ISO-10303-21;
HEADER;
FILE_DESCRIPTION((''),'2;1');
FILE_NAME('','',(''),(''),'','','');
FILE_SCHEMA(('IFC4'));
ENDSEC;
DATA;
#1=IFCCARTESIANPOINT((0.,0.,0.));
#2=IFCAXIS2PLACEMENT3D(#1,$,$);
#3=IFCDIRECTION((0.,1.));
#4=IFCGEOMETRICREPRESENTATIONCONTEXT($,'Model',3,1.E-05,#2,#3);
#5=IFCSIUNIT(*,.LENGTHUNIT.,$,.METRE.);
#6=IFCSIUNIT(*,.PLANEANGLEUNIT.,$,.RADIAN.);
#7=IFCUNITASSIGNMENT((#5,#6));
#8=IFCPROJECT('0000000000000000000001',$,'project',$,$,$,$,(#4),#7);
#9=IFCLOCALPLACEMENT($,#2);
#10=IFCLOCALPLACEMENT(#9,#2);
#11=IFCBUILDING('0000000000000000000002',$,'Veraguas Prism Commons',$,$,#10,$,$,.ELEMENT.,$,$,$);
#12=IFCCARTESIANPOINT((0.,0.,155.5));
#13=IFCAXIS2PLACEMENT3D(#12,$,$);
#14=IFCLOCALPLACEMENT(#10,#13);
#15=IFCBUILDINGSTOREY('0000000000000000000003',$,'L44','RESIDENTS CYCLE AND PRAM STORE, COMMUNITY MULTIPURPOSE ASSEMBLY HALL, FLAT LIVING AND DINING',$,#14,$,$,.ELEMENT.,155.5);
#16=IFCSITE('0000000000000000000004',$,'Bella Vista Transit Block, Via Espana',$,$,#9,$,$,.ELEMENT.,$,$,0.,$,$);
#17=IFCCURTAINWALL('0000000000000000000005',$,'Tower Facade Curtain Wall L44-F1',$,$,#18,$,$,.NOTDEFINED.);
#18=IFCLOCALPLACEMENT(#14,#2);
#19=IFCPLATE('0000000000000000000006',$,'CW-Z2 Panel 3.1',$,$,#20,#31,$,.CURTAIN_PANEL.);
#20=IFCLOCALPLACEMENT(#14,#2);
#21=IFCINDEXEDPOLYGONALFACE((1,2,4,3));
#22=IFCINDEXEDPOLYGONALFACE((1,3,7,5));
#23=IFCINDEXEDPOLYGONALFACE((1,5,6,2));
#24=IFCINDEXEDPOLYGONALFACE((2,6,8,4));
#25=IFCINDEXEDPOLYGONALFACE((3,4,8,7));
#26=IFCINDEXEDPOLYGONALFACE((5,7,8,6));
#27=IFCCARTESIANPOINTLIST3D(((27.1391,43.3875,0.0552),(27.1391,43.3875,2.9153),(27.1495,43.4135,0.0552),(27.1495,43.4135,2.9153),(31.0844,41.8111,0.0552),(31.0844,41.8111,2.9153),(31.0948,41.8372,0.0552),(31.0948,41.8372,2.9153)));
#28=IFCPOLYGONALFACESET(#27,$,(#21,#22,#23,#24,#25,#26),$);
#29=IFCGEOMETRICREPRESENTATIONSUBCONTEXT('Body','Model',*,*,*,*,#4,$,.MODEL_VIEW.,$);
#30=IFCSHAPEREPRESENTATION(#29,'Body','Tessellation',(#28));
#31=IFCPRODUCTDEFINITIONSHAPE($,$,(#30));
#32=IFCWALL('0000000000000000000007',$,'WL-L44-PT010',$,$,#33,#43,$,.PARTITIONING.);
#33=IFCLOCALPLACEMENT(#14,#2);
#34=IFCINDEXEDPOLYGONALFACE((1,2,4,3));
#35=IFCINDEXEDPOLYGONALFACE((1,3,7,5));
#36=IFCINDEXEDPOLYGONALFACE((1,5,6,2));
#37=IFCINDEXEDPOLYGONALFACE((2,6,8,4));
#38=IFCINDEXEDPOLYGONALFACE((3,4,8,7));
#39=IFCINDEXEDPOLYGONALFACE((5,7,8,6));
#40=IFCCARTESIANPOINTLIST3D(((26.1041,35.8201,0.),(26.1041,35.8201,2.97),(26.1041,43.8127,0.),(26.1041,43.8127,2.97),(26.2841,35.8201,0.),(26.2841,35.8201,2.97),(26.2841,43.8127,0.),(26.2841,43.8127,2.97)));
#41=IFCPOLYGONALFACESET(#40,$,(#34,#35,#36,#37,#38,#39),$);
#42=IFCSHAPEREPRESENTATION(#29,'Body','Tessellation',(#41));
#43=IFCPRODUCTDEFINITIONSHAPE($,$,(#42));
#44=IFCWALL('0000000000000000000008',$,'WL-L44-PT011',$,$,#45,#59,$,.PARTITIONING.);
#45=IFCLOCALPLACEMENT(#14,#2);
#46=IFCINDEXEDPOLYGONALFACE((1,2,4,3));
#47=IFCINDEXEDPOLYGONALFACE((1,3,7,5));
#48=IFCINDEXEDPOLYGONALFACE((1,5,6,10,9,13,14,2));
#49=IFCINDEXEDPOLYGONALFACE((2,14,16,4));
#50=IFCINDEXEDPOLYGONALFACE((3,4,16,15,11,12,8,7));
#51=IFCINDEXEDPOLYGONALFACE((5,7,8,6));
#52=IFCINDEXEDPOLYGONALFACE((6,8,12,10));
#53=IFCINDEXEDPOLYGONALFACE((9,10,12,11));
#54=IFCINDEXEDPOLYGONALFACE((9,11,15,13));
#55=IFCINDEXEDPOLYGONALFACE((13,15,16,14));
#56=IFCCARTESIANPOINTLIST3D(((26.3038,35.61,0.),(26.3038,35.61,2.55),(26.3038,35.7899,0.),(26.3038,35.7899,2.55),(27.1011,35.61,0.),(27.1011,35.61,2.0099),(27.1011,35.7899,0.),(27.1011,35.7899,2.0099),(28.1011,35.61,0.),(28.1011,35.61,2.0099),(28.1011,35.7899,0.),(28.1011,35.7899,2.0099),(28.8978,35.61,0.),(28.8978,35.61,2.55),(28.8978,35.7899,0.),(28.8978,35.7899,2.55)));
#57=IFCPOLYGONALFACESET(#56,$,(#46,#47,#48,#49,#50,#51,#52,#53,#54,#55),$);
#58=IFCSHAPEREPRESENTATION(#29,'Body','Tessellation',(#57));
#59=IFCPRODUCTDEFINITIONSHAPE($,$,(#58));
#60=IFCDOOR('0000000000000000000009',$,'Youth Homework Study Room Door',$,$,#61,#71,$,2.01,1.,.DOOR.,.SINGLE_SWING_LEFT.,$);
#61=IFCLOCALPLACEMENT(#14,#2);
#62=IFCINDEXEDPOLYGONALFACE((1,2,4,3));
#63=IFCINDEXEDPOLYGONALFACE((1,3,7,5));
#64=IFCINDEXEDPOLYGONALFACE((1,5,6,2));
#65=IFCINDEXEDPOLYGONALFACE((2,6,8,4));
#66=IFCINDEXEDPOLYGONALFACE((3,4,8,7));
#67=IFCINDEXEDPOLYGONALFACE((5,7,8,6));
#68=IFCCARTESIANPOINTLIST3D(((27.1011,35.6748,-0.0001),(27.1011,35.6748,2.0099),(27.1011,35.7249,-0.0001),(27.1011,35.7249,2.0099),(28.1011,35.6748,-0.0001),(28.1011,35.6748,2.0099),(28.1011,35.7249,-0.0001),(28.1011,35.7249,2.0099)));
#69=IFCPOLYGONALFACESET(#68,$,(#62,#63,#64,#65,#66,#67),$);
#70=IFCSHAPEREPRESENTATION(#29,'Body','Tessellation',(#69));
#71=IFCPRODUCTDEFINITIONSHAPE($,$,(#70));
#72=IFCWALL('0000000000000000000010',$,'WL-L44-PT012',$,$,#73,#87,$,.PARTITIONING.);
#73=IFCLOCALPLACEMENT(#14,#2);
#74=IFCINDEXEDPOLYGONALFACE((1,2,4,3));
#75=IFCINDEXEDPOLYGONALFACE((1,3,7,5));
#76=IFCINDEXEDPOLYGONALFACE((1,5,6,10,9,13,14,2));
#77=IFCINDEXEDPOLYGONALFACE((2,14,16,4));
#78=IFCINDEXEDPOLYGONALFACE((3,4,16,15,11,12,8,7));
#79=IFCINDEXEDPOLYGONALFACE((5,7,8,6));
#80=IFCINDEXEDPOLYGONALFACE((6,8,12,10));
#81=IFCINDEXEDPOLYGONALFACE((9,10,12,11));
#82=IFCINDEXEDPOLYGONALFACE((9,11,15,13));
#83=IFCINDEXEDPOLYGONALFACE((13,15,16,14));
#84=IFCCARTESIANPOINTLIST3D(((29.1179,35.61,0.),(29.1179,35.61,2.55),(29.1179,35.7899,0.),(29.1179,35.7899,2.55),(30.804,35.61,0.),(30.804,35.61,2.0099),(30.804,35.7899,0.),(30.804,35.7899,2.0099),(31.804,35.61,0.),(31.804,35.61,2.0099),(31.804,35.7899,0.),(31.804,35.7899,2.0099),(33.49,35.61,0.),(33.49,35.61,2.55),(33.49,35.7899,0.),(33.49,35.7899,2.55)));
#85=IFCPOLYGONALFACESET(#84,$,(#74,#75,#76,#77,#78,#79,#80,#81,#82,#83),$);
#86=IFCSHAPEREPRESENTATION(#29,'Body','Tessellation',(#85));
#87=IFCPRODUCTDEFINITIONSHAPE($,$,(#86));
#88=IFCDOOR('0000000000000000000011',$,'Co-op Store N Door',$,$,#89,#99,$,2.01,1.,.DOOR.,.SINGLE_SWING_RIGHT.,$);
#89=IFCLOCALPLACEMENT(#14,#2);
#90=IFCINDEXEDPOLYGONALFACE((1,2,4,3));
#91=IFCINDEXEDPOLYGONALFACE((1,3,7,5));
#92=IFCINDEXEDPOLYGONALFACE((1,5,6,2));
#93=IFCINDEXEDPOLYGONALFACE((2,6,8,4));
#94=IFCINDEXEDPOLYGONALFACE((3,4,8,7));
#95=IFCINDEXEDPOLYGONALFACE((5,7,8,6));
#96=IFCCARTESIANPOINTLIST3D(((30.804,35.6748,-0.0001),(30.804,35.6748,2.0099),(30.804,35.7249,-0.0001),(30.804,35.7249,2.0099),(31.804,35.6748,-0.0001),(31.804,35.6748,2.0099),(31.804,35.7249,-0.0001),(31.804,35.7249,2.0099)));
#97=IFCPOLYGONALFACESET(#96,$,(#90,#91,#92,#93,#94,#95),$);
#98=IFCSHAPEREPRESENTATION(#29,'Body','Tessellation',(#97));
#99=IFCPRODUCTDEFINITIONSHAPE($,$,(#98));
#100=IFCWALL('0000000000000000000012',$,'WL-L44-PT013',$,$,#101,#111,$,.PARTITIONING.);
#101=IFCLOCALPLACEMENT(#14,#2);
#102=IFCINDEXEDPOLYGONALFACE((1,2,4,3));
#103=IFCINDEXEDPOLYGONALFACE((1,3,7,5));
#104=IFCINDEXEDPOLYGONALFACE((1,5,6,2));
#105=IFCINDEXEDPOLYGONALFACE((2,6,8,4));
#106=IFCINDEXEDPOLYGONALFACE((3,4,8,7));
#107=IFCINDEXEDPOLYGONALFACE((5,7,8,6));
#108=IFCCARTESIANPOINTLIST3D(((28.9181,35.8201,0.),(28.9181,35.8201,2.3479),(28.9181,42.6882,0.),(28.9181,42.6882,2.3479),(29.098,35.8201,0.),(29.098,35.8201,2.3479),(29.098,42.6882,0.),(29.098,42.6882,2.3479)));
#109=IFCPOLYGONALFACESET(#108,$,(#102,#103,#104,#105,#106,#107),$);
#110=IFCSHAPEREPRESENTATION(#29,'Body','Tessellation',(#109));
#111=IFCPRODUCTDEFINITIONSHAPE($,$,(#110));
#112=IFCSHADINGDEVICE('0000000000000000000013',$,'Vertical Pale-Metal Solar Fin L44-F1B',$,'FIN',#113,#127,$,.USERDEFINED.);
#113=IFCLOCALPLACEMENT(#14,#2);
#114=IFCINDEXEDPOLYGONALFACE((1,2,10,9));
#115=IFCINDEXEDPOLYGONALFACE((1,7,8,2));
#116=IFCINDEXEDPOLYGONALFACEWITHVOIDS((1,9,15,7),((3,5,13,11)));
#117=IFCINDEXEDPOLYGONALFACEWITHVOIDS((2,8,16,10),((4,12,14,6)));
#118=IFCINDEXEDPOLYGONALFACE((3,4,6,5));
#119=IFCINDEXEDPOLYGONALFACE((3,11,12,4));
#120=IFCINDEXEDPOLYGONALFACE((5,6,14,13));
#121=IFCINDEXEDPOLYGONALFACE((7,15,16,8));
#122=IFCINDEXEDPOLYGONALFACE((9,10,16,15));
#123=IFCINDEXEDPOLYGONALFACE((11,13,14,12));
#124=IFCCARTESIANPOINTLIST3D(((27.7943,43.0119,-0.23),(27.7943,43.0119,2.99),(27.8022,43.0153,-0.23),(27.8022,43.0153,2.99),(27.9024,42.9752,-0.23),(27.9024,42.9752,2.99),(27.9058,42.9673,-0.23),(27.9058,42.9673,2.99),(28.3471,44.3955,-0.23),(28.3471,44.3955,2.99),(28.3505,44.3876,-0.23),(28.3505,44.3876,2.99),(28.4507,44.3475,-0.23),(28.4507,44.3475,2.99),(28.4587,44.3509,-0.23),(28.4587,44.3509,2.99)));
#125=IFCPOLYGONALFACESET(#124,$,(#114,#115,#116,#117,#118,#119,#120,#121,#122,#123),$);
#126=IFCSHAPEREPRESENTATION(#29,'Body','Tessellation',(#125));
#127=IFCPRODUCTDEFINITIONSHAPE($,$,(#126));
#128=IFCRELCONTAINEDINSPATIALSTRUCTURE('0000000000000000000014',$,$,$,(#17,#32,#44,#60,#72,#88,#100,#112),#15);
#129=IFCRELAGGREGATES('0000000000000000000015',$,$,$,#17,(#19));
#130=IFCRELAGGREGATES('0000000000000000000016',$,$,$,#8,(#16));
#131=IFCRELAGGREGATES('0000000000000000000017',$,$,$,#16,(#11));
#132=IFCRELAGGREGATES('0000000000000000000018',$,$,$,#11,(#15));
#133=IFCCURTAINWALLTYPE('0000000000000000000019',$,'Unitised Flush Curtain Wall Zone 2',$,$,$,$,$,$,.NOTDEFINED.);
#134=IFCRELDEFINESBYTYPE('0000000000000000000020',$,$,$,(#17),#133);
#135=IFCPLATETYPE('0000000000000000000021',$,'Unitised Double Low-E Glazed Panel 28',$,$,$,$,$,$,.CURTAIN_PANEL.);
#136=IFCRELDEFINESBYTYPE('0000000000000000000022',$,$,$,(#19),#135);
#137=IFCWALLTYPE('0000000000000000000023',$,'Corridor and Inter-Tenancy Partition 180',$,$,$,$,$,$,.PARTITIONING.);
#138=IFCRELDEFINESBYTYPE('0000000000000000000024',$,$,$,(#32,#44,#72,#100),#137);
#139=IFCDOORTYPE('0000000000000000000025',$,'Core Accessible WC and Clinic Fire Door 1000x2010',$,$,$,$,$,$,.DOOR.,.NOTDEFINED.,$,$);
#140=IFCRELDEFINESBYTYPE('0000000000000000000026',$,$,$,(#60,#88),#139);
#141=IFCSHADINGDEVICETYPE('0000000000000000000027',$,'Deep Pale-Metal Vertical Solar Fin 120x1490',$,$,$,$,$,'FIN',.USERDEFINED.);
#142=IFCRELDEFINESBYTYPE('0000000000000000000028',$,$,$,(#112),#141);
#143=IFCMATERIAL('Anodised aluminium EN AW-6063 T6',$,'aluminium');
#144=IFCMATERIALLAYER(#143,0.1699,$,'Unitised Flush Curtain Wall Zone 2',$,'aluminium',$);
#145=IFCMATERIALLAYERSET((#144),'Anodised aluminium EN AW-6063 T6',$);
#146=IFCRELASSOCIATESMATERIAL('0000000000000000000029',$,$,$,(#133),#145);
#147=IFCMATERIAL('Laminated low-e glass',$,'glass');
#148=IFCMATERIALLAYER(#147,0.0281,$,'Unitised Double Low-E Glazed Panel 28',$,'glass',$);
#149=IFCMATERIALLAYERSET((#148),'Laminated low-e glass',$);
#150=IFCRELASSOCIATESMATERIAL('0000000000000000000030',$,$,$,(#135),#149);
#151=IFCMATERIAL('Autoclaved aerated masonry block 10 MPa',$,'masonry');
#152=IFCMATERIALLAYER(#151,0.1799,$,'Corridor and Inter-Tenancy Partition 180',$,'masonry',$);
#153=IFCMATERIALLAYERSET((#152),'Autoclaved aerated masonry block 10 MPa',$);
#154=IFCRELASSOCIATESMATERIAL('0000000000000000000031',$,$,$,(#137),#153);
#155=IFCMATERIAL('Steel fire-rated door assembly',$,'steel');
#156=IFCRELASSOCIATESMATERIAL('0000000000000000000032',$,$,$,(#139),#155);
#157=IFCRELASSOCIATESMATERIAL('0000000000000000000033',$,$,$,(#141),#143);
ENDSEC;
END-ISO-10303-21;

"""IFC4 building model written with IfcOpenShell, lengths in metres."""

from ifc_helpers import new_model, si_unit, direction, frame, frame_2d, origin, origin_2d, place, context, subcontext, project, spatial, rectangle, hollow_rectangle, extrude, source, transform, mapped, material, layer, layer_set, material_profile, profile_set, type_object, element, fill, aggregate, save


model = new_model("IFC4")

# Units and contexts
model_context = context("Model", 3, precision=1e-05, world=origin(), true_north=direction((0.0, 1.0)))
body_context = subcontext(model_context, "Body", "Model", "MODEL_VIEW")
ifc_project = project(units=[si_unit("LENGTHUNIT", "METRE"), si_unit("PLANEANGLEUNIT", "RADIAN")], contexts=[model_context])

# Site, building, storey
site_placement = place(None, origin())
site = spatial("IfcSite", under=ifc_project, at=site_placement, Name="Bella Vista Transit Block, Via Espana", CompositionType="ELEMENT", RefElevation=0.0)
building_placement = place(site_placement, origin())
building = spatial("IfcBuilding", under=site, at=building_placement, Name="Veraguas Prism Commons", CompositionType="ELEMENT")
storey_placement = place(building_placement, frame((0.0, 0.0, 155.5)))
storey = spatial("IfcBuildingStorey", under=building, at=storey_placement, Name="L44", Description="RESIDENTS CYCLE AND PRAM STORE, COMMUNITY MULTIPURPOSE ASSEMBLY HALL, FLAT LIVING AND DINING", CompositionType="ELEMENT", Elevation=155.5)

# Curtain wall
ifc_material_1 = material(Name="Anodised aluminium EN AW-6063 T6", Category="aluminium")
ifc_layer_1 = layer(ifc_material_1, 0.1699, Name="Unitised Flush Curtain Wall Zone 2", Category="aluminium")
ifc_layer_set_1 = layer_set([ifc_layer_1], Name="Anodised aluminium EN AW-6063 T6")
curtain_wall_type = type_object("IfcCurtainWallType", Name="Unitised Flush Curtain Wall Zone 2", PredefinedType="NOTDEFINED", material=ifc_layer_set_1)
curtain_wall_1_placement = place(storey_placement, origin())
curtain_wall_1 = element("IfcCurtainWall", 1, at=curtain_wall_1_placement, inside=storey, type_object=curtain_wall_type, Name="Tower Facade Curtain Wall L44-F1", PredefinedType="NOTDEFINED")

# Plate
ifc_material_2 = material(Name="Laminated low-e glass", Category="glass")
ifc_layer_2 = layer(ifc_material_2, 0.0281, Name="Unitised Double Low-E Glazed Panel 28", Category="glass")
ifc_layer_set_2 = layer_set([ifc_layer_2], Name="Laminated low-e glass")
plate_type = type_object("IfcPlateType", Name="Unitised Double Low-E Glazed Panel 28", PredefinedType="CURTAIN_PANEL", material=ifc_layer_set_2)
shared_shape_1 = source(origin(), body_context, "Body", "SweptSolid", [
    extrude(rectangle(XDim=4.2485, YDim=0.0281, at=origin_2d()), origin(), (0.0, 0.0, 1.0), 2.8601),
])
plate_1_placement = place(storey_placement, frame((29.1169, 42.6123, 0.0552), z_axis=(0.0, 0.0, 1.0), x_axis=(-0.928617, 0.371039, 0.0)))
plate_1 = element("IfcPlate", 2, at=plate_1_placement, type_object=plate_type, Name="CW-Z2 Panel 3.1", PredefinedType="CURTAIN_PANEL", context=body_context, shape_type="MappedRepresentation", body=[
    mapped(shared_shape_1, transform((0.0, 0.0, 0.0), scale=1.0)),
])
aggregate(curtain_wall_1, [plate_1])

# Wall
ifc_material_3 = material(Name="Autoclaved aerated masonry block 10 MPa", Category="masonry")
ifc_layer_3 = layer(ifc_material_3, 0.1799, Name="Corridor and Inter-Tenancy Partition 180", Category="masonry")
ifc_layer_set_3 = layer_set([ifc_layer_3], Name="Autoclaved aerated masonry block 10 MPa")
wall_type = type_object("IfcWallType", Name="Corridor and Inter-Tenancy Partition 180", PredefinedType="PARTITIONING", material=ifc_layer_set_3)
wall_1_placement = place(storey_placement, frame((26.1941, 35.8201, 0.0), z_axis=(0.0, 0.0, 1.0), x_axis=(0.0, 1.0, 0.0)))
element("IfcWall", 3, at=wall_1_placement, inside=storey, type_object=wall_type, Name="WL-L44-PT010", PredefinedType="PARTITIONING", context=body_context, shape_type="SweptSolid", body=[
    extrude(rectangle(XDim=7.9927, YDim=0.1799, at=frame_2d((3.9963, 0.0))), origin(), (0.0, 0.0, 1.0), 2.97),
])

# Walls, openings, doors
wall_2_placement = place(storey_placement, frame((26.304, 35.7, 0.0), z_axis=(0.0, 0.0, 1.0), x_axis=(1.0, 0.0, 0.0)))
wall_2 = element("IfcWall", 4, at=wall_2_placement, inside=storey, type_object=wall_type, Name="WL-L44-PT011", PredefinedType="PARTITIONING", context=body_context, shape_type="SweptSolid", body=[
    extrude(rectangle(XDim=2.594, YDim=0.1799, at=frame_2d((1.2969, 0.0))), origin(), (0.0, 0.0, 1.0), 2.55),
])
opening_1_placement = place(wall_2_placement, frame((0.7971, 0.0, 0.0)))
opening_1 = element("IfcOpeningElement", 5, at=opening_1_placement, cuts=wall_2, PredefinedType="OPENING", context=body_context, shape_type="SweptSolid", body=[
    extrude(rectangle(XDim=1.0, YDim=2.01, at=frame_2d((0.5, 1.0049))), frame((0.0, 0.0999, 0.0), z_axis=(0.0, -1.0, 0.0), x_axis=(1.0, 0.0, 0.0)), (0.0, 0.0, 1.0), 0.2),
])
ifc_material_4 = material(Name="Steel fire-rated door assembly", Category="steel")
door_type = type_object("IfcDoorType", Name="Core Accessible WC and Clinic Fire Door 1000x2010", OperationType="NOTDEFINED", PredefinedType="DOOR", material=ifc_material_4)
shared_shape_2 = source(origin(), body_context, "Body", "SweptSolid", [
    extrude(rectangle(XDim=1.0, YDim=2.01, at=frame_2d((0.5, 1.0049))), frame((0.0, 0.0249, 0.0), z_axis=(0.0, -1.0, 0.0), x_axis=(1.0, 0.0, 0.0)), (0.0, 0.0, 1.0), 0.05),
])
door_1_placement = place(opening_1_placement, origin())
door_1 = element("IfcDoor", 6, at=door_1_placement, inside=storey, type_object=door_type, Name="Youth Homework Study Room Door", OperationType="SINGLE_SWING_LEFT", OverallHeight=2.01, OverallWidth=1.0, PredefinedType="DOOR", context=body_context, shape_type="MappedRepresentation", body=[
    mapped(shared_shape_2, transform((0.0, 0.0, 0.0), scale=1.0)),
])
fill(opening_1, door_1)
wall_3_placement = place(storey_placement, frame((29.1179, 35.7, 0.0), z_axis=(0.0, 0.0, 1.0), x_axis=(1.0, 0.0, 0.0)))
wall_3 = element("IfcWall", 7, at=wall_3_placement, inside=storey, type_object=wall_type, Name="WL-L44-PT012", PredefinedType="PARTITIONING", context=body_context, shape_type="SweptSolid", body=[
    extrude(rectangle(XDim=4.3721, YDim=0.1799, at=frame_2d((2.186, 0.0))), origin(), (0.0, 0.0, 1.0), 2.55),
])
opening_2_placement = place(wall_3_placement, frame((1.686, 0.0, 0.0)))
opening_2 = element("IfcOpeningElement", 8, at=opening_2_placement, cuts=wall_3, PredefinedType="OPENING", context=body_context, shape_type="SweptSolid", body=[
    extrude(rectangle(XDim=1.0, YDim=2.01, at=frame_2d((0.5, 1.0049))), frame((0.0, 0.0999, 0.0), z_axis=(0.0, -1.0, 0.0), x_axis=(1.0, 0.0, 0.0)), (0.0, 0.0, 1.0), 0.2),
])
door_2_placement = place(opening_2_placement, origin())
door_2 = element("IfcDoor", 9, at=door_2_placement, inside=storey, type_object=door_type, Name="Co-op Store N Door", OperationType="SINGLE_SWING_RIGHT", OverallHeight=2.01, OverallWidth=1.0, PredefinedType="DOOR", context=body_context, shape_type="MappedRepresentation", body=[
    mapped(shared_shape_2, transform((0.0, 0.0, 0.0), scale=1.0)),
])
fill(opening_2, door_2)

# Wall
wall_4_placement = place(storey_placement, frame((29.0081, 35.8201, 0.0), z_axis=(0.0, 0.0, 1.0), x_axis=(0.0, 1.0, 0.0)))
element("IfcWall", 10, at=wall_4_placement, inside=storey, type_object=wall_type, Name="WL-L44-PT013", PredefinedType="PARTITIONING", context=body_context, shape_type="SweptSolid", body=[
    extrude(rectangle(XDim=6.8682, YDim=0.1799, at=frame_2d((3.4341, 0.0))), origin(), (0.0, 0.0, 1.0), 2.3479),
])

# Shading device
ifc_material_profile_1 = material_profile(ifc_material_1, hollow_rectangle(XDim=0.1201, YDim=1.49, WallThickness=0.0061, at=origin_2d()), Name="FIN120X1490X6")
ifc_profile_set_1 = profile_set([ifc_material_profile_1], Name="Anodised aluminium EN AW-6063 T6")
shading_device_type = type_object("IfcShadingDeviceType", Name="Deep Pale-Metal Vertical Solar Fin 120x1490", ElementType="FIN", PredefinedType="USERDEFINED", material=ifc_profile_set_1)
shading_device_placement = place(storey_placement, frame((28.1265, 43.6814, -0.23), z_axis=(0.0, 0.0, 1.0), x_axis=(-0.928615, 0.371044, 0.0)))
element("IfcShadingDevice", 11, at=shading_device_placement, inside=storey, type_object=shading_device_type, Name="Vertical Pale-Metal Solar Fin L44-F1B", ObjectType="FIN", PredefinedType="USERDEFINED", context=body_context, shape_type="SweptSolid", body=[
    extrude(hollow_rectangle(XDim=0.1201, YDim=1.49, WallThickness=0.0061, at=origin_2d()), origin(), (0.0, 0.0, 1.0), 3.22),
])

save(model, "model.ifc")
